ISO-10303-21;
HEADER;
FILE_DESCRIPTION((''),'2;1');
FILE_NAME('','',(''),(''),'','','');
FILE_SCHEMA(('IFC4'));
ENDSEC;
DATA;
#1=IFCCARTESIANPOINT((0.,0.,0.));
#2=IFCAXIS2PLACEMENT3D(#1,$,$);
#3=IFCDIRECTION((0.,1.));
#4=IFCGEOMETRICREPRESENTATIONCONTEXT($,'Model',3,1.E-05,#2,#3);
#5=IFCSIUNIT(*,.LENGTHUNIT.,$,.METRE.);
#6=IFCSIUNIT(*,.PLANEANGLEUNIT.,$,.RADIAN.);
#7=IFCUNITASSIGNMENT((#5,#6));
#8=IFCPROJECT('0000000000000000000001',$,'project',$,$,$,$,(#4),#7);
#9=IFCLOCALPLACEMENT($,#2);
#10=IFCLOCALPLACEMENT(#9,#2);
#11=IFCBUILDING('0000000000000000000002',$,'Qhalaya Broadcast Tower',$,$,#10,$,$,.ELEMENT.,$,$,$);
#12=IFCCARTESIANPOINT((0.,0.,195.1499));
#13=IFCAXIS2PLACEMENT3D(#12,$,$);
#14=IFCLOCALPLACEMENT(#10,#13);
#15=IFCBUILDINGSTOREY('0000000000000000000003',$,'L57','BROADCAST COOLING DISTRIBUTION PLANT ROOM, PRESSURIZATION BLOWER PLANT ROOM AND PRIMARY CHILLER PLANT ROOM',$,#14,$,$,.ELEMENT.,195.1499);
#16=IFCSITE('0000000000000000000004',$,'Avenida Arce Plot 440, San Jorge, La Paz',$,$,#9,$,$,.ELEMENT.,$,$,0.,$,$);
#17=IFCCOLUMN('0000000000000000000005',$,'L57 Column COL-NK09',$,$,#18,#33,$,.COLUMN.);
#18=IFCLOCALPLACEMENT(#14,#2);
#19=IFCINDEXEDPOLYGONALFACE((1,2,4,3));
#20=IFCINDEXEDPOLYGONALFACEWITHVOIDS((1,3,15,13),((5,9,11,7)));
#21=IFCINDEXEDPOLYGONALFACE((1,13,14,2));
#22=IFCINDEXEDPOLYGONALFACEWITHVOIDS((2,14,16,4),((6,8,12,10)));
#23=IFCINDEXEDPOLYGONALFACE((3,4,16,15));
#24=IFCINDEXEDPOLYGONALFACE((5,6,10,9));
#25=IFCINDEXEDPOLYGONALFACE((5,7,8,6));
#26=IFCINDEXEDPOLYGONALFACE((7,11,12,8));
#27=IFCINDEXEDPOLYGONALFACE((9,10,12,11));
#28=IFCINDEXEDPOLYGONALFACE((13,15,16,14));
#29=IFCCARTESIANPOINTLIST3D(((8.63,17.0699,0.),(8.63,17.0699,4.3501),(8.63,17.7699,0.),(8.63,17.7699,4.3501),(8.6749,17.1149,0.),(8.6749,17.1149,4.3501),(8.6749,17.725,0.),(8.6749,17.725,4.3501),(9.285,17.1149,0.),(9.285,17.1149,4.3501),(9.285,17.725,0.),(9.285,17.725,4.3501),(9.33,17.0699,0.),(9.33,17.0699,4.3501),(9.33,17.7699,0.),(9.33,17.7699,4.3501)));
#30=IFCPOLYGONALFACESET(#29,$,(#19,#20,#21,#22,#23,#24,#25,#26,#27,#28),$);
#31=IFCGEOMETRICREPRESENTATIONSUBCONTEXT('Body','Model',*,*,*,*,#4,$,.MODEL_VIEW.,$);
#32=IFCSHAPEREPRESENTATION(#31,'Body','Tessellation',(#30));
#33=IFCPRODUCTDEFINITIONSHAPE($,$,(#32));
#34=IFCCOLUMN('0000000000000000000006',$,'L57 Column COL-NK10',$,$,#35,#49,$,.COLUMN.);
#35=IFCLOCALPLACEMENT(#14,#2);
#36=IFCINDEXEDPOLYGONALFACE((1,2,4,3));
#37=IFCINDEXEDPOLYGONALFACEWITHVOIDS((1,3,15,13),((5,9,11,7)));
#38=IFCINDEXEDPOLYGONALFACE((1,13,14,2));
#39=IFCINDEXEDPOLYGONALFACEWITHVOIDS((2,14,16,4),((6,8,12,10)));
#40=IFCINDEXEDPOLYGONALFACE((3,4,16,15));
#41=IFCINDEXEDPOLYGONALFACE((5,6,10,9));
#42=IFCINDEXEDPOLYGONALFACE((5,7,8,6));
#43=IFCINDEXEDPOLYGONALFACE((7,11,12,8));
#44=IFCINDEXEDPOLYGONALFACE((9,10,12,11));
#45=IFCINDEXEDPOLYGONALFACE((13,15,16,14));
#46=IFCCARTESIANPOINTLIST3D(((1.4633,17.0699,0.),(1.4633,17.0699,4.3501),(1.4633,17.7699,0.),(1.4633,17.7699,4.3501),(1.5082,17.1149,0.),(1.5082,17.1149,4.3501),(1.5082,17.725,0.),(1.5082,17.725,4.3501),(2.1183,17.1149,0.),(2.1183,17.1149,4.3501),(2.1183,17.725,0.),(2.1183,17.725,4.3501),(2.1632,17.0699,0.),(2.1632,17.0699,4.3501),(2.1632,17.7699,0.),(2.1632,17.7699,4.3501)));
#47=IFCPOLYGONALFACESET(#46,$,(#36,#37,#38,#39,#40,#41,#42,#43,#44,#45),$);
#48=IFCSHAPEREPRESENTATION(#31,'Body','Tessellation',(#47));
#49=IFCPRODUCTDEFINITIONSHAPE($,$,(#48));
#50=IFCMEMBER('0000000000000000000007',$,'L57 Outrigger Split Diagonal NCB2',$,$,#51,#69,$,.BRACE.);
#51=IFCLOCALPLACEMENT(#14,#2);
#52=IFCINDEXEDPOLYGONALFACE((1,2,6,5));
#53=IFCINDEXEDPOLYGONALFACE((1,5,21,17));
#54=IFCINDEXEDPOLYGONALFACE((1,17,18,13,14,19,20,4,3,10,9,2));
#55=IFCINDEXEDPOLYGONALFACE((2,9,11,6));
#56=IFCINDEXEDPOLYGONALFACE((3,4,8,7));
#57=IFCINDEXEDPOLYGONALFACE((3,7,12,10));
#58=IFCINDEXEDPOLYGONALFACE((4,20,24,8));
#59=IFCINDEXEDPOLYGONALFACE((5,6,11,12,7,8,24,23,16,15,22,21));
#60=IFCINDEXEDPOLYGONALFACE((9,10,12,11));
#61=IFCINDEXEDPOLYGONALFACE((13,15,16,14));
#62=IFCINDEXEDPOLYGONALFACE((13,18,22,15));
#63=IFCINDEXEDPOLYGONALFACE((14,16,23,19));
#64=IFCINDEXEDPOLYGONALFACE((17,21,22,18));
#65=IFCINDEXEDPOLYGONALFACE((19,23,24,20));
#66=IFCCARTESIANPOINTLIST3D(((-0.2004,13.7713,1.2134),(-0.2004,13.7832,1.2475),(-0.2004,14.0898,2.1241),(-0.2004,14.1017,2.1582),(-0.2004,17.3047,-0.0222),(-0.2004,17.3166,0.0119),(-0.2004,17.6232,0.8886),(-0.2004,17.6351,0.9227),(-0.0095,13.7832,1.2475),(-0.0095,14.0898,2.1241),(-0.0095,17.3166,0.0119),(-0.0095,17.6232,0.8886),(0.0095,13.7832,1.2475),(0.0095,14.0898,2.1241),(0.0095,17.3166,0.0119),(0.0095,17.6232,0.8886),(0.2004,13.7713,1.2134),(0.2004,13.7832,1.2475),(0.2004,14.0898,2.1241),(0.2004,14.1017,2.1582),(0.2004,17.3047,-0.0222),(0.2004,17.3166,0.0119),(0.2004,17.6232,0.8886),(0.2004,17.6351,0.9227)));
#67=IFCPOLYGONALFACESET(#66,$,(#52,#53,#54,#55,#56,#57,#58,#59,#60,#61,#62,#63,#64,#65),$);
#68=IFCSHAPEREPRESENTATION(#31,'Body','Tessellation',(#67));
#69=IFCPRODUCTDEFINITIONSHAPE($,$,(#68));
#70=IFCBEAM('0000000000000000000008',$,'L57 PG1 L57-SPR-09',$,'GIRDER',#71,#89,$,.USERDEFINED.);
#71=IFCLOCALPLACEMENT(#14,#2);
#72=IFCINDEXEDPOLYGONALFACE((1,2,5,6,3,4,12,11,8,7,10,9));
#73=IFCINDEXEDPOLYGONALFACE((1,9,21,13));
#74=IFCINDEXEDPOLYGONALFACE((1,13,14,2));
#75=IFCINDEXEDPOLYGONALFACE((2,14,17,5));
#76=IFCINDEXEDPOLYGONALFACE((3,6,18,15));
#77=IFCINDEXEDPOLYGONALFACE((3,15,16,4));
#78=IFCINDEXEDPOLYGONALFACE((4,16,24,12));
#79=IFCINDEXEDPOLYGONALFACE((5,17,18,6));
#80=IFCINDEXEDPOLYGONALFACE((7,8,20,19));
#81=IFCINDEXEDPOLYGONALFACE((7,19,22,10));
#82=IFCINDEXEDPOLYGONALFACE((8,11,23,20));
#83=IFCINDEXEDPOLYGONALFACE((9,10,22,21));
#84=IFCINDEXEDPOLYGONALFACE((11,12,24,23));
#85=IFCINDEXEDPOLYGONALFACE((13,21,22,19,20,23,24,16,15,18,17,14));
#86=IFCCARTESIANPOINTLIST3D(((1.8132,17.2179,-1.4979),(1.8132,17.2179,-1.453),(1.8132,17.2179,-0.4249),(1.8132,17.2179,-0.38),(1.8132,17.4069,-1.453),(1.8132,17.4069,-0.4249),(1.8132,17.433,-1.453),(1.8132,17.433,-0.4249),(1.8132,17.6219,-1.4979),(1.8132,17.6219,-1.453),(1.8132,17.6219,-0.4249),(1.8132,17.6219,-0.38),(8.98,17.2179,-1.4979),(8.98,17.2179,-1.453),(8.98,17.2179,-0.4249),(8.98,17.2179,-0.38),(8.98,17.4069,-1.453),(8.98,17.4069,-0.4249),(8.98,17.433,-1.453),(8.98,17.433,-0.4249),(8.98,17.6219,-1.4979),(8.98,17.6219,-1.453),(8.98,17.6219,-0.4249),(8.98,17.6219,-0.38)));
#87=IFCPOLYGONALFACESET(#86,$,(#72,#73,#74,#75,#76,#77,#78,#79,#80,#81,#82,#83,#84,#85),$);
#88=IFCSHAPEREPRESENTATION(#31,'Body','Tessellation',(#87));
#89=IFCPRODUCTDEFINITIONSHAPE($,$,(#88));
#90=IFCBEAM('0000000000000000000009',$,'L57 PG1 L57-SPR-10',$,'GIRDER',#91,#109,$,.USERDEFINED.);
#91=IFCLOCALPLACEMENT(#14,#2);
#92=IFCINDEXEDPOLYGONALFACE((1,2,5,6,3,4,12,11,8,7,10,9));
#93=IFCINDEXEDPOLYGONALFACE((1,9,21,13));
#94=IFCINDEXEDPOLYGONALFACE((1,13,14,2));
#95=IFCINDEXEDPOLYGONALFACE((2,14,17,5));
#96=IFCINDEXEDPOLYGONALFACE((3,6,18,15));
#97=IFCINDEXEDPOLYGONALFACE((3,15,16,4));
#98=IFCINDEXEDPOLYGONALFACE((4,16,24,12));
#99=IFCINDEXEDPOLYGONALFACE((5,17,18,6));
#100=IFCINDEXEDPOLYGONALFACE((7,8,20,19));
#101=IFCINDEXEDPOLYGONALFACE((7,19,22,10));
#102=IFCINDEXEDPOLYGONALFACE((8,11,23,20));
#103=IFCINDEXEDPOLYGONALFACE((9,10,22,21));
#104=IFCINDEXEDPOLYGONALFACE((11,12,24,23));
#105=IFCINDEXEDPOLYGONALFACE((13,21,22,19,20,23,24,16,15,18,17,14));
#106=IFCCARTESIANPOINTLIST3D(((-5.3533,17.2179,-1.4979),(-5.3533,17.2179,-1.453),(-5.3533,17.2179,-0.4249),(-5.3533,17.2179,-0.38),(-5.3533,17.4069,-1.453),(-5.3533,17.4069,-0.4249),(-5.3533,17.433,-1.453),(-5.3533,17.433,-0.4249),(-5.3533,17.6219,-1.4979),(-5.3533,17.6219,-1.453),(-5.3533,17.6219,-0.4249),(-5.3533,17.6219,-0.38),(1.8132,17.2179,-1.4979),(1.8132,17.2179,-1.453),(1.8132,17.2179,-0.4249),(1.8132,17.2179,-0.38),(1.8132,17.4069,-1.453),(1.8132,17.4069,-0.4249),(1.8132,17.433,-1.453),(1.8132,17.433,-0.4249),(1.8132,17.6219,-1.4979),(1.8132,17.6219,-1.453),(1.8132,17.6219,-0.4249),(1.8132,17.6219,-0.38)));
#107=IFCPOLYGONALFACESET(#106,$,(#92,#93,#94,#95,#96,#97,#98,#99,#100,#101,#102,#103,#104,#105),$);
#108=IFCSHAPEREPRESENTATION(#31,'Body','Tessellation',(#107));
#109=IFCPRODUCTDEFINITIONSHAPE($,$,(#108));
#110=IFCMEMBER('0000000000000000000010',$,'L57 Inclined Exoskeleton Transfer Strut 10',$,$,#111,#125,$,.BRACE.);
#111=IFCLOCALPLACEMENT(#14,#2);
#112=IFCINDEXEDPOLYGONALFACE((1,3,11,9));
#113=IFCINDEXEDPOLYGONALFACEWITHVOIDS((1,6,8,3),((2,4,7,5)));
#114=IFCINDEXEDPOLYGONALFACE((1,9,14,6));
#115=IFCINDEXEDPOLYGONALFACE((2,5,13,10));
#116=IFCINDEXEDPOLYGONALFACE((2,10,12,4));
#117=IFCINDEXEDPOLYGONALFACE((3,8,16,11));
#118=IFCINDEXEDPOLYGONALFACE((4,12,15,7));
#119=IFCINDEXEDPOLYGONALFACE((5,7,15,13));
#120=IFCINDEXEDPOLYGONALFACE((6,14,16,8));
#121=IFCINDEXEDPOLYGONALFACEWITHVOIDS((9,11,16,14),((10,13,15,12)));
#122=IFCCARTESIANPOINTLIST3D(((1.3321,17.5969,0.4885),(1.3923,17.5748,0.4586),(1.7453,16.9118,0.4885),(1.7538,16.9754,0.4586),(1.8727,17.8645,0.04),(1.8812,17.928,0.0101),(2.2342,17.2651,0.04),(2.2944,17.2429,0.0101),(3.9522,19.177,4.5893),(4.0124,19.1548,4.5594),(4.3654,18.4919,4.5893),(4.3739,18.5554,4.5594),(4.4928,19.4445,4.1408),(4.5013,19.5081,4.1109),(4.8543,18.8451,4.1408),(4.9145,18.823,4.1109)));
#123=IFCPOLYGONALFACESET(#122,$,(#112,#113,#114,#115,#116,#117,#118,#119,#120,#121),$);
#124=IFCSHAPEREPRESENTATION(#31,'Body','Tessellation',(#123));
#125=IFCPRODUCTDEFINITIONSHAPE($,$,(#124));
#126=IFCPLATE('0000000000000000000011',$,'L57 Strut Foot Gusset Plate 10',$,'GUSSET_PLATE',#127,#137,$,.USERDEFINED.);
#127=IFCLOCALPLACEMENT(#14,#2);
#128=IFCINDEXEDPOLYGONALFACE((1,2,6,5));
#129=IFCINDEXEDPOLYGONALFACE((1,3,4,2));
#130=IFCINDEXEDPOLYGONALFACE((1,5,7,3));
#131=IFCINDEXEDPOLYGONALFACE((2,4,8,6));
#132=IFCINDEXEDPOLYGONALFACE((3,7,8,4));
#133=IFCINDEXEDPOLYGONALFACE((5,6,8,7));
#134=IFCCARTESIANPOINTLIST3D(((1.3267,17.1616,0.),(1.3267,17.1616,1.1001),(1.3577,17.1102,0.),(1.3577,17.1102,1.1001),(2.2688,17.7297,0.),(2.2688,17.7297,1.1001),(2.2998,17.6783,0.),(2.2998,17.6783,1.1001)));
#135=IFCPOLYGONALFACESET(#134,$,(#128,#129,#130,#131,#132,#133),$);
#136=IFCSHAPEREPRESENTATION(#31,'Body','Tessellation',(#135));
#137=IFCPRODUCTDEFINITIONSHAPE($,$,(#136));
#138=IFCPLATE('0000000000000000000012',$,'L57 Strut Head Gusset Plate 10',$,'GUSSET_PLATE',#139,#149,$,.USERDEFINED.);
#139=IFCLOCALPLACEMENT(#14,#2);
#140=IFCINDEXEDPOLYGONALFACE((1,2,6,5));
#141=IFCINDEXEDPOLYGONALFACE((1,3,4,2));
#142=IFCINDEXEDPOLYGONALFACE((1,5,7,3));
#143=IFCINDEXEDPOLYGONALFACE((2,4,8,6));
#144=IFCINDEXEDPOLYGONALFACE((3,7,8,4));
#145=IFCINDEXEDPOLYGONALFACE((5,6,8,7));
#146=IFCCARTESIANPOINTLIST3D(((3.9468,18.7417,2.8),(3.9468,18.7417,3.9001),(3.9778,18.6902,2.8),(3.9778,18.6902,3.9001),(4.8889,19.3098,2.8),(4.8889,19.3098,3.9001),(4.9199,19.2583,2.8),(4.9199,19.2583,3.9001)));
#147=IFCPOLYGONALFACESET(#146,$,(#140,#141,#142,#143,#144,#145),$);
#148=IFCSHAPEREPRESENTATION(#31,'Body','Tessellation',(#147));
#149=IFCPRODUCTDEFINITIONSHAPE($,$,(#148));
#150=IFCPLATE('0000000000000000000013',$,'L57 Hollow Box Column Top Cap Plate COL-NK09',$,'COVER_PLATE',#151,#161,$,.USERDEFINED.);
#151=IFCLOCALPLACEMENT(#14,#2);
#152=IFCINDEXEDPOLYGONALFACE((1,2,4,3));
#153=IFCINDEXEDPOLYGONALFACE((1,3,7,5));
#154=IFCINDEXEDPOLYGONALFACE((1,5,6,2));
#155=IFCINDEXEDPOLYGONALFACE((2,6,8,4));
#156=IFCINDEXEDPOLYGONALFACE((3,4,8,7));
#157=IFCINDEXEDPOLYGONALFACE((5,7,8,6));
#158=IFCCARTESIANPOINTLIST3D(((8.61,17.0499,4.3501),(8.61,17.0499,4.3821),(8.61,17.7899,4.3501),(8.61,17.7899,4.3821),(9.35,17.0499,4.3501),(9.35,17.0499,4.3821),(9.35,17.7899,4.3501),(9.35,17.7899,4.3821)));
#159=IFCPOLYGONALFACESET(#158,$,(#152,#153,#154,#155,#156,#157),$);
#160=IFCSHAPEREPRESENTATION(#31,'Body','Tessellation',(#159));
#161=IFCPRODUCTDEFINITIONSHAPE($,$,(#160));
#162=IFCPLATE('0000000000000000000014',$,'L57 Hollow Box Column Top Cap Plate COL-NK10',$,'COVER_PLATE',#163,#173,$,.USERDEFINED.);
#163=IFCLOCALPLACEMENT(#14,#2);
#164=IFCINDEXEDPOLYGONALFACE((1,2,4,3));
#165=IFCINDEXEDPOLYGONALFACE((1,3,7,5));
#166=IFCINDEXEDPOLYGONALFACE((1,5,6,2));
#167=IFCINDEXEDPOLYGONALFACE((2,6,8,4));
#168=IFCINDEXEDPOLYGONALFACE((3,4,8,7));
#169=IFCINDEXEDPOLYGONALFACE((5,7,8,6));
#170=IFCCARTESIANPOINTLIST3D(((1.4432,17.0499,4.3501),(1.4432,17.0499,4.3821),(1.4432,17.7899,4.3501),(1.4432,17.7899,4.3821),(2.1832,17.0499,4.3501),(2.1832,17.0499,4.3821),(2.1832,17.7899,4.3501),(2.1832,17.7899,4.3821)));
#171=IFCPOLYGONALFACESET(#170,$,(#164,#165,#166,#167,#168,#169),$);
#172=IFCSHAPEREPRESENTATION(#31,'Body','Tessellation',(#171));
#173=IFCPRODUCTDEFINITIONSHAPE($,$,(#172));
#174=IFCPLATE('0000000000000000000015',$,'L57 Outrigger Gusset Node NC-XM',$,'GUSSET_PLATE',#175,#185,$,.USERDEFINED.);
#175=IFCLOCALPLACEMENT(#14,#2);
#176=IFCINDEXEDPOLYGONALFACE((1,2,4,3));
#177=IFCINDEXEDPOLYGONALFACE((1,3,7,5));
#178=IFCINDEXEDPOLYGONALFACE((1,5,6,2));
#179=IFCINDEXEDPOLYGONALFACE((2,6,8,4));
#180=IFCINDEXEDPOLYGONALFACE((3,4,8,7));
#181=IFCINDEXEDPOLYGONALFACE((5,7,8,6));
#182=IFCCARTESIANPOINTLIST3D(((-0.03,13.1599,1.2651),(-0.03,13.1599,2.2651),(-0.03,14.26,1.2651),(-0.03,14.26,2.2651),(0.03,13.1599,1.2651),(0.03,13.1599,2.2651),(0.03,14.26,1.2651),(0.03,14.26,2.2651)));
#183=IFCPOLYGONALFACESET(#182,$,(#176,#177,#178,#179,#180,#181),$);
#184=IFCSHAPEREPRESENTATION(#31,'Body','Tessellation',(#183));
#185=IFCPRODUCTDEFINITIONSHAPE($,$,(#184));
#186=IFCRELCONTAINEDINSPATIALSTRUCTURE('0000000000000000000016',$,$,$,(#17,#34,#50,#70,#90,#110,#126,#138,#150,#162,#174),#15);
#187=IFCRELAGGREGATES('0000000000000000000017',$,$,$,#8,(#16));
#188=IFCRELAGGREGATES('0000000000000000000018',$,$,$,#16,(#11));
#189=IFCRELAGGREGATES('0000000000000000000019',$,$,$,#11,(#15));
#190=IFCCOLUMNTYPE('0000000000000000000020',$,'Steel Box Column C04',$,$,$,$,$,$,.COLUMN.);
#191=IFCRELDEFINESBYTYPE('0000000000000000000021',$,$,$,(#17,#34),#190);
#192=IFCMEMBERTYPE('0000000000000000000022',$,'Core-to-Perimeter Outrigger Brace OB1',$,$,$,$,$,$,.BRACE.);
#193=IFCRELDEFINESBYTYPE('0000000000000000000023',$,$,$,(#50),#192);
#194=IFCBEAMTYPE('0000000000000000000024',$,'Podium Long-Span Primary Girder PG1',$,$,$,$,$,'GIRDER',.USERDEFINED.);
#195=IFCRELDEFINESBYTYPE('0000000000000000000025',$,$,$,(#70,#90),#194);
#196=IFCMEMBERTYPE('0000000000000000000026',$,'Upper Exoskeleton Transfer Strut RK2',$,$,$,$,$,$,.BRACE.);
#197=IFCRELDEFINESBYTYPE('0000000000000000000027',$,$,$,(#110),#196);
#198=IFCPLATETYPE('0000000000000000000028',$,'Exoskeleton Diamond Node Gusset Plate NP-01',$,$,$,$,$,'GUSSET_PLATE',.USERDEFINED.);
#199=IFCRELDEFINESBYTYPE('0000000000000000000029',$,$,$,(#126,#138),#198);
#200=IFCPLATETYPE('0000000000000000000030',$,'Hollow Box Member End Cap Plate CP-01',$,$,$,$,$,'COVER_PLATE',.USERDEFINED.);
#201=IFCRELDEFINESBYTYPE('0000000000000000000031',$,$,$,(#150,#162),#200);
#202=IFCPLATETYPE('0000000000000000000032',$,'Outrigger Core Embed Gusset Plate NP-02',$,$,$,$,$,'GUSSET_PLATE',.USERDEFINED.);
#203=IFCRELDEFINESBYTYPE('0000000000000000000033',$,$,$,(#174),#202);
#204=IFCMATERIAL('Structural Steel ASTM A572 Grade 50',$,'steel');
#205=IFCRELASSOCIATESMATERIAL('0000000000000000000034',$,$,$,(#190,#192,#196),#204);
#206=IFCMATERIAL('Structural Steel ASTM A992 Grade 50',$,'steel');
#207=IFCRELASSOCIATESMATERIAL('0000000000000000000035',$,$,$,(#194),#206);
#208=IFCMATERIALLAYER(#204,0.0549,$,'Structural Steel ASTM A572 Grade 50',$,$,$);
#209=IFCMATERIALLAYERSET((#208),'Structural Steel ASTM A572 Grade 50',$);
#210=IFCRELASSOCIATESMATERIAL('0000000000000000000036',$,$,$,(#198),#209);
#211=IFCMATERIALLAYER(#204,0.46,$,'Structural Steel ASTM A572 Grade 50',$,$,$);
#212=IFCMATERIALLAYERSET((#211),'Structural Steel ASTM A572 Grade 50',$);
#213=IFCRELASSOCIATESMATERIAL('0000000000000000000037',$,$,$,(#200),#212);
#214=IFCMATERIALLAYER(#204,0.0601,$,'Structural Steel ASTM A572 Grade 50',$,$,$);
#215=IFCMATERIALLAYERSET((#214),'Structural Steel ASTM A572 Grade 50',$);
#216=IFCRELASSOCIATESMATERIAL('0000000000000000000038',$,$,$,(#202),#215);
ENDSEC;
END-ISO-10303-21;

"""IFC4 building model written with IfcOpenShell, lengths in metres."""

from ifc_helpers import new_model, si_unit, direction, frame, origin, origin_2d, place, context, subcontext, project, spatial, rectangle, hollow_rectangle, i_section, extrude, material, layer, layer_set, material_profile, profile_set, type_object, element, save


model = new_model("IFC4")

# Units and contexts
model_context = context("Model", 3, precision=1e-05, world=origin(), true_north=direction((0.0, 1.0)))
body_context = subcontext(model_context, "Body", "Model", "MODEL_VIEW")
ifc_project = project(units=[si_unit("LENGTHUNIT", "METRE"), si_unit("PLANEANGLEUNIT", "RADIAN")], contexts=[model_context])

# Site, building, storey
site_placement = place(None, origin())
site = spatial("IfcSite", under=ifc_project, at=site_placement, Name="Avenida Arce Plot 440, San Jorge, La Paz", CompositionType="ELEMENT", RefElevation=0.0)
building_placement = place(site_placement, origin())
building = spatial("IfcBuilding", under=site, at=building_placement, Name="Qhalaya Broadcast Tower", CompositionType="ELEMENT")
storey_placement = place(building_placement, frame((0.0, 0.0, 195.1499)))
storey = spatial("IfcBuildingStorey", under=building, at=storey_placement, Name="L57", Description="BROADCAST COOLING DISTRIBUTION PLANT ROOM, PRESSURIZATION BLOWER PLANT ROOM AND PRIMARY CHILLER PLANT ROOM", CompositionType="ELEMENT", Elevation=195.1499)

# Columns
ifc_material_1 = material(Name="Structural Steel ASTM A572 Grade 50", Category="steel")
ifc_material_profile_1 = material_profile(ifc_material_1, hollow_rectangle(XDim=0.7, YDim=0.7, WallThickness=0.0449, at=origin_2d()), Name="BOX 700x700x45")
ifc_profile_set_1 = profile_set([ifc_material_profile_1], Name="Structural Steel ASTM A572 Grade 50")
column_type = type_object("IfcColumnType", Name="Steel Box Column C04", PredefinedType="COLUMN", material=ifc_profile_set_1)
for number, where, z_axis, x_axis, name in (
    (1, (8.98, 17.4199, 0.0), (0.0, 0.0, 1.0), (1.0, 0.0, 0.0), "L57 Column COL-NK09"),
    (2, (1.8132, 17.4199, 0.0), (0.0, 0.0, 1.0), (1.0, 0.0, 0.0), "L57 Column COL-NK10"),
):
    element("IfcColumn", number, at=place(storey_placement, frame(where, z_axis=z_axis, x_axis=x_axis)), inside=storey, type_object=column_type, Name=name, PredefinedType="COLUMN", context=body_context, shape_type="SweptSolid", body=[
        extrude(hollow_rectangle(XDim=0.7, YDim=0.7, WallThickness=0.0449, at=origin_2d()), origin(), (0.0, 0.0, 1.0), 4.3501),
    ])

# Member
ifc_material_profile_2 = material_profile(ifc_material_1, i_section(OverallWidth=0.4009, OverallDepth=1.001, WebThickness=0.019, FlangeThickness=0.0361, at=origin_2d()), Name="W40X249")
ifc_profile_set_2 = profile_set([ifc_material_profile_2], Name="Structural Steel ASTM A572 Grade 50")
member_type_1 = type_object("IfcMemberType", Name="Core-to-Perimeter Outrigger Brace OB1", PredefinedType="BRACE", material=ifc_profile_set_2)
member_1_placement = place(storey_placement, frame((0.0, 13.9365, 1.6858), z_axis=(0.0, 0.943951, -0.330086), x_axis=(-1.0, 0.0, 0.0)))
element("IfcMember", 3, at=member_1_placement, inside=storey, type_object=member_type_1, Name="L57 Outrigger Split Diagonal NCB2", PredefinedType="BRACE", context=body_context, shape_type="SweptSolid", body=[
    extrude(i_section(OverallWidth=0.4009, OverallDepth=1.001, WebThickness=0.019, FlangeThickness=0.0361, at=origin_2d()), origin(), (0.0, 0.0, 1.0), 3.7432),
])

# Beams
ifc_material_2 = material(Name="Structural Steel ASTM A992 Grade 50", Category="steel")
ifc_material_profile_3 = material_profile(ifc_material_2, i_section(OverallWidth=0.4041, OverallDepth=1.1179, WebThickness=0.0261, FlangeThickness=0.0449, at=origin_2d()), Name="W44X335")
ifc_profile_set_3 = profile_set([ifc_material_profile_3], Name="Structural Steel ASTM A992 Grade 50")
beam_type = type_object("IfcBeamType", Name="Podium Long-Span Primary Girder PG1", ElementType="GIRDER", PredefinedType="USERDEFINED", material=ifc_profile_set_3)
beam_1_placement = place(storey_placement, frame((8.98, 17.4199, -0.939), z_axis=(-1.0, 0.0, 0.0), x_axis=(0.0, -1.0, 0.0)))
element("IfcBeam", 4, at=beam_1_placement, inside=storey, type_object=beam_type, Name="L57 PG1 L57-SPR-09", ObjectType="GIRDER", PredefinedType="USERDEFINED", context=body_context, shape_type="SweptSolid", body=[
    extrude(i_section(OverallWidth=0.4041, OverallDepth=1.1179, WebThickness=0.0261, FlangeThickness=0.0449, at=origin_2d()), origin(), (0.0, 0.0, 1.0), 7.1667),
])
beam_2_placement = place(storey_placement, frame((1.8132, 17.4199, -0.939), z_axis=(-1.0, 0.0, 0.0), x_axis=(0.0, -1.0, 0.0)))
element("IfcBeam", 5, at=beam_2_placement, inside=storey, type_object=beam_type, Name="L57 PG1 L57-SPR-10", ObjectType="GIRDER", PredefinedType="USERDEFINED", context=body_context, shape_type="SweptSolid", body=[
    extrude(i_section(OverallWidth=0.4041, OverallDepth=1.1179, WebThickness=0.0261, FlangeThickness=0.0449, at=origin_2d()), origin(), (0.0, 0.0, 1.0), 7.1665),
])

# Member
ifc_material_profile_4 = material_profile(ifc_material_1, hollow_rectangle(XDim=0.8, YDim=0.8, WallThickness=0.05, at=origin_2d()), Name="BOX 800x800x50")
ifc_profile_set_4 = profile_set([ifc_material_profile_4], Name="Structural Steel ASTM A572 Grade 50")
member_type_2 = type_object("IfcMemberType", Name="Upper Exoskeleton Transfer Strut RK2", PredefinedType="BRACE", material=ifc_profile_set_4)
member_2_placement = place(storey_placement, frame((1.8132, 17.4199, 0.2493), z_axis=(0.512093, 0.308821, 0.801493), x_axis=(-0.516419, 0.856336, 0.0)))
element("IfcMember", 6, at=member_2_placement, inside=storey, type_object=member_type_2, Name="L57 Inclined Exoskeleton Transfer Strut 10", PredefinedType="BRACE", context=body_context, shape_type="SweptSolid", body=[
    extrude(hollow_rectangle(XDim=0.8, YDim=0.8, WallThickness=0.05, at=origin_2d()), origin(), (0.0, 0.0, 1.0), 5.1165),
])

# Plates
ifc_layer_1 = layer(ifc_material_1, 0.0549, Name="Structural Steel ASTM A572 Grade 50")
ifc_layer_set_1 = layer_set([ifc_layer_1], Name="Structural Steel ASTM A572 Grade 50")
plate_type_1 = type_object("IfcPlateType", Name="Exoskeleton Diamond Node Gusset Plate NP-01", ElementType="GUSSET_PLATE", PredefinedType="USERDEFINED", material=ifc_layer_set_1)
for number, where, z_axis, x_axis, name in (
    (7, (1.8132, 17.4199, 0.0), (0.0, 0.0, 1.0), (0.856339, 0.516414, 0.0), "L57 Strut Foot Gusset Plate 10"),
    (8, (4.4333, 19.0, 2.8), (0.0, 0.0, 1.0), (0.856339, 0.516414, 0.0), "L57 Strut Head Gusset Plate 10"),
):
    element("IfcPlate", number, at=place(storey_placement, frame(where, z_axis=z_axis, x_axis=x_axis)), inside=storey, type_object=plate_type_1, Name=name, ObjectType="GUSSET_PLATE", PredefinedType="USERDEFINED", context=body_context, shape_type="SweptSolid", body=[
        extrude(rectangle(XDim=1.1001, YDim=0.0601, at=origin_2d()), origin(), (0.0, 0.0, 1.0), 1.1001),
    ])
ifc_layer_2 = layer(ifc_material_1, 0.46, Name="Structural Steel ASTM A572 Grade 50")
ifc_layer_set_2 = layer_set([ifc_layer_2], Name="Structural Steel ASTM A572 Grade 50")
plate_type_2 = type_object("IfcPlateType", Name="Hollow Box Member End Cap Plate CP-01", ElementType="COVER_PLATE", PredefinedType="USERDEFINED", material=ifc_layer_set_2)
for number, where, z_axis, x_axis, name in (
    (9, (8.98, 17.4199, 4.3501), (0.0, 0.0, 1.0), (1.0, 0.0, 0.0), "L57 Hollow Box Column Top Cap Plate COL-NK09"),
    (10, (1.8132, 17.4199, 4.3501), (0.0, 0.0, 1.0), (1.0, 0.0, 0.0), "L57 Hollow Box Column Top Cap Plate COL-NK10"),
):
    element("IfcPlate", number, at=place(storey_placement, frame(where, z_axis=z_axis, x_axis=x_axis)), inside=storey, type_object=plate_type_2, Name=name, ObjectType="COVER_PLATE", PredefinedType="USERDEFINED", context=body_context, shape_type="SweptSolid", body=[
        extrude(rectangle(XDim=0.74, YDim=0.74, at=origin_2d()), origin(), (0.0, 0.0, 1.0), 0.032),
    ])
ifc_layer_3 = layer(ifc_material_1, 0.0601, Name="Structural Steel ASTM A572 Grade 50")
ifc_layer_set_3 = layer_set([ifc_layer_3], Name="Structural Steel ASTM A572 Grade 50")
plate_type_3 = type_object("IfcPlateType", Name="Outrigger Core Embed Gusset Plate NP-02", ElementType="GUSSET_PLATE", PredefinedType="USERDEFINED", material=ifc_layer_set_3)
plate_1_placement = place(storey_placement, frame((0.0, 13.71, 1.2651), z_axis=(0.0, 0.0, 1.0), x_axis=(0.0, 1.0, 0.0)))
element("IfcPlate", 11, at=plate_1_placement, inside=storey, type_object=plate_type_3, Name="L57 Outrigger Gusset Node NC-XM", ObjectType="GUSSET_PLATE", PredefinedType="USERDEFINED", context=body_context, shape_type="SweptSolid", body=[
    extrude(rectangle(XDim=1.1001, YDim=0.0601, at=origin_2d()), origin(), (0.0, 0.0, 1.0), 1.0),
])

save(model, "model.ifc")
